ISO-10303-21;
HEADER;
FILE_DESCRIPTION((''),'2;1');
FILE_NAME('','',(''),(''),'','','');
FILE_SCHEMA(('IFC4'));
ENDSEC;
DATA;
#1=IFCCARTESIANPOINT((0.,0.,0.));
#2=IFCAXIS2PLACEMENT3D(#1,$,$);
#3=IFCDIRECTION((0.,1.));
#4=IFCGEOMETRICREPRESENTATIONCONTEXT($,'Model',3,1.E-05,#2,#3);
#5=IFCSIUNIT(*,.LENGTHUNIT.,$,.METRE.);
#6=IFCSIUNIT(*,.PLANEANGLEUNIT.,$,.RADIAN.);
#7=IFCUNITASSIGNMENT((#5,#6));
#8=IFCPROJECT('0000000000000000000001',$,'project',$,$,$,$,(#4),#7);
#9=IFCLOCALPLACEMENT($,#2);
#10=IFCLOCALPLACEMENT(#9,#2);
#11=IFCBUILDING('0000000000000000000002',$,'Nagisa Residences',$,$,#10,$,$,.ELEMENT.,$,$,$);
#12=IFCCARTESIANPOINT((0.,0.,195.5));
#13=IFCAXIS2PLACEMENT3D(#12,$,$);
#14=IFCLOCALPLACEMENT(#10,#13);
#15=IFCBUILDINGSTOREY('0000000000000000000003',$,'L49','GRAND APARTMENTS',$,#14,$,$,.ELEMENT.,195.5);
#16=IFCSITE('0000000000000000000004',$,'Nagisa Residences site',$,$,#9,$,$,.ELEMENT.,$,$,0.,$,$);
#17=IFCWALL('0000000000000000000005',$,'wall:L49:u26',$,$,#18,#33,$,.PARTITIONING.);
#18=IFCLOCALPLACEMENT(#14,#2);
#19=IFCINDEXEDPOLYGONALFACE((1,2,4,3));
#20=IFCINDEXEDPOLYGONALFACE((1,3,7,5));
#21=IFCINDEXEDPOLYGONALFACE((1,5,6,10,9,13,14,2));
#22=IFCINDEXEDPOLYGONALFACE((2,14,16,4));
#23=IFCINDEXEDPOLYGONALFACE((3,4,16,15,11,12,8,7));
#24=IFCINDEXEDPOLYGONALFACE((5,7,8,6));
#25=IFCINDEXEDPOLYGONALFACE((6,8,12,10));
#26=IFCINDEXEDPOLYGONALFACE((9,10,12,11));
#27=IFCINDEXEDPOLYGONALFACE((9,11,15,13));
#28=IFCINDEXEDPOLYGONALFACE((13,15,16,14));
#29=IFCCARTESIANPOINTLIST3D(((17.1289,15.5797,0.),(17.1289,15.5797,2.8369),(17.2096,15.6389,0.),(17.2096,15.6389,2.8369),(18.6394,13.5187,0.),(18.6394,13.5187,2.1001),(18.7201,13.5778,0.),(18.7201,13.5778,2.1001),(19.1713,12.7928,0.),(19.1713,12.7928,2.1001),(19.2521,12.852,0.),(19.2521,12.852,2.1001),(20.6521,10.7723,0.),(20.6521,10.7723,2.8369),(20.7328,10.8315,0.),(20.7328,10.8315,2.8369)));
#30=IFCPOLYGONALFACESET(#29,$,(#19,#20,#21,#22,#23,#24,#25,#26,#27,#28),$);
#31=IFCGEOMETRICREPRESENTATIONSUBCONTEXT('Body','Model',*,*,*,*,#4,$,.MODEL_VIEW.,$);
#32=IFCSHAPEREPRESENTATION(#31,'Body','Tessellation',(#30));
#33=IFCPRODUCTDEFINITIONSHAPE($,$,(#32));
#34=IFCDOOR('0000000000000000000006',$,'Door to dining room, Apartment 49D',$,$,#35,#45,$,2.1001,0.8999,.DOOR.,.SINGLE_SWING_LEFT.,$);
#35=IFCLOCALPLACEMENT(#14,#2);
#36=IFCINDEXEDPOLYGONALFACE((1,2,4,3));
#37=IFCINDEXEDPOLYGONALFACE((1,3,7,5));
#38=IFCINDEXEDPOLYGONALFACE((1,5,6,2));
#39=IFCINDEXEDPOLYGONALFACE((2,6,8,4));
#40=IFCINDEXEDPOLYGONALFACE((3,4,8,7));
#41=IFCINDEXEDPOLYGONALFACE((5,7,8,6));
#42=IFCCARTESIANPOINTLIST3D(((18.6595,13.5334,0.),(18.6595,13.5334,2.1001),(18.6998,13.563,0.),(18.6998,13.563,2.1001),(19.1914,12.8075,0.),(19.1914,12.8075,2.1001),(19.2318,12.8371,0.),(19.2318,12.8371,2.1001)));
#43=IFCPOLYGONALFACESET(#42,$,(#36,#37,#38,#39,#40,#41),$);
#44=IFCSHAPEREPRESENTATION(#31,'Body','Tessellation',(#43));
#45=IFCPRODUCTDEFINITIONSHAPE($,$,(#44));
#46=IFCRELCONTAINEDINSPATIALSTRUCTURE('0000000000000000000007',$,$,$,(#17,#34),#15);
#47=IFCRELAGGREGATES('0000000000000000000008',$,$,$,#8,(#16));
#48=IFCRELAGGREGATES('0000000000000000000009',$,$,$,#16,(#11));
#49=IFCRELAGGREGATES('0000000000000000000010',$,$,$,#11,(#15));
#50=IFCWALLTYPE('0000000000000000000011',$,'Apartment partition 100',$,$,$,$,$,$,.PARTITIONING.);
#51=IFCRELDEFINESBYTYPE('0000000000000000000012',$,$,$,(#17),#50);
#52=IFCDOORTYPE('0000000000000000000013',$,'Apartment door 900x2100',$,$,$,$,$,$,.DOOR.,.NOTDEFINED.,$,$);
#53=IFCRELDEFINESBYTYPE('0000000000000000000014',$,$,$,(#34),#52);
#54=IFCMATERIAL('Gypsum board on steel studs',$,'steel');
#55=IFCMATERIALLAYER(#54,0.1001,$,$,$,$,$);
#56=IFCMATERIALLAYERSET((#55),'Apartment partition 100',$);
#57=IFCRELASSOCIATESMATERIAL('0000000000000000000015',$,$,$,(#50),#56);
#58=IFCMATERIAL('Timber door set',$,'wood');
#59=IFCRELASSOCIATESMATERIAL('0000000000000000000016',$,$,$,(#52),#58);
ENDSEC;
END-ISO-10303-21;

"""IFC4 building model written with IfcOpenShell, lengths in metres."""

from ifc_helpers import new_model, si_unit, direction, frame, frame_2d, origin, place, context, subcontext, project, spatial, rectangle, extrude, material, layer, layer_set, type_object, element, fill, save


model = new_model("IFC4")

# Units and contexts
model_context = context("Model", 3, precision=1e-05, world=origin(), true_north=direction((0.0, 1.0)))
body_context = subcontext(model_context, "Body", "Model", "MODEL_VIEW")
ifc_project = project(units=[si_unit("LENGTHUNIT", "METRE"), si_unit("PLANEANGLEUNIT", "RADIAN")], contexts=[model_context])

# Site, building, storey
site_placement = place(None, origin())
site = spatial("IfcSite", under=ifc_project, at=site_placement, Name="Nagisa Residences site", CompositionType="ELEMENT", RefElevation=0.0)
building_placement = place(site_placement, origin())
building = spatial("IfcBuilding", under=site, at=building_placement, Name="Nagisa Residences", CompositionType="ELEMENT")
storey_placement = place(building_placement, frame((0.0, 0.0, 195.5)))
storey = spatial("IfcBuildingStorey", under=building, at=storey_placement, Name="L49", Description="GRAND APARTMENTS", CompositionType="ELEMENT", Elevation=195.5)

# Shared definitions
ifc_material_1 = material(Name="Gypsum board on steel studs", Category="steel")
ifc_layer_1 = layer(ifc_material_1, 0.1001)
ifc_layer_set_1 = layer_set([ifc_layer_1], Name="Apartment partition 100")
wall_type_1 = type_object("IfcWallType", Name="Apartment partition 100", PredefinedType="PARTITIONING", material=ifc_layer_set_1)

# Shared definitions
ifc_material_2 = material(Name="Timber door set", Category="wood")
door_type_1 = type_object("IfcDoorType", Name="Apartment door 900x2100", OperationType="NOTDEFINED", PredefinedType="DOOR", material=ifc_material_2)

# Wall, opening, door
wall_1_placement = place(storey_placement, frame((20.6924, 10.802, 0.0), z_axis=(0.0, 0.0, 1.0), x_axis=(-0.591122, 0.806582, 0.0)))
wall_1 = element("IfcWall", 1, at=wall_1_placement, inside=storey, type_object=wall_type_1, Name="wall:L49:u26", PredefinedType="PARTITIONING", context=body_context, shape_type="SweptSolid", body=[
    extrude(rectangle(XDim=5.9602, YDim=0.1001, at=frame_2d((2.98, 0.0))), origin(), (0.0, 0.0, 1.0), 2.8369),
])
opening_1_placement = place(wall_1_placement, frame((2.5049, 0.0, 0.0)))
opening_1 = element("IfcOpeningElement", 2, at=opening_1_placement, cuts=wall_1, PredefinedType="OPENING", context=body_context, shape_type="SweptSolid", body=[
    extrude(rectangle(XDim=0.8999, YDim=2.1001, at=frame_2d((0.45, 1.05))), frame((0.0, 0.0601, 0.0), z_axis=(0.0, -1.0, 0.0), x_axis=(1.0, 0.0, 0.0)), (0.0, 0.0, 1.0), 0.1201),
])
door_1_placement = place(opening_1_placement, frame((0.8999, 0.0, 0.0), x_axis=(-1.0, 0.0, 0.0)))
door_1 = element("IfcDoor", 3, at=door_1_placement, inside=storey, type_object=door_type_1, Name="Door to dining room, Apartment 49D", OperationType="SINGLE_SWING_LEFT", OverallHeight=2.1001, OverallWidth=0.8999, PredefinedType="DOOR", context=body_context, shape_type="SweptSolid", body=[
    extrude(rectangle(XDim=0.8999, YDim=2.1001, at=frame_2d((0.45, 1.05))), frame((0.0, 0.0249, 0.0), z_axis=(0.0, -1.0, 0.0), x_axis=(1.0, 0.0, 0.0)), (0.0, 0.0, 1.0), 0.05),
])
fill(opening_1, door_1)

save(model, "model.ifc")
